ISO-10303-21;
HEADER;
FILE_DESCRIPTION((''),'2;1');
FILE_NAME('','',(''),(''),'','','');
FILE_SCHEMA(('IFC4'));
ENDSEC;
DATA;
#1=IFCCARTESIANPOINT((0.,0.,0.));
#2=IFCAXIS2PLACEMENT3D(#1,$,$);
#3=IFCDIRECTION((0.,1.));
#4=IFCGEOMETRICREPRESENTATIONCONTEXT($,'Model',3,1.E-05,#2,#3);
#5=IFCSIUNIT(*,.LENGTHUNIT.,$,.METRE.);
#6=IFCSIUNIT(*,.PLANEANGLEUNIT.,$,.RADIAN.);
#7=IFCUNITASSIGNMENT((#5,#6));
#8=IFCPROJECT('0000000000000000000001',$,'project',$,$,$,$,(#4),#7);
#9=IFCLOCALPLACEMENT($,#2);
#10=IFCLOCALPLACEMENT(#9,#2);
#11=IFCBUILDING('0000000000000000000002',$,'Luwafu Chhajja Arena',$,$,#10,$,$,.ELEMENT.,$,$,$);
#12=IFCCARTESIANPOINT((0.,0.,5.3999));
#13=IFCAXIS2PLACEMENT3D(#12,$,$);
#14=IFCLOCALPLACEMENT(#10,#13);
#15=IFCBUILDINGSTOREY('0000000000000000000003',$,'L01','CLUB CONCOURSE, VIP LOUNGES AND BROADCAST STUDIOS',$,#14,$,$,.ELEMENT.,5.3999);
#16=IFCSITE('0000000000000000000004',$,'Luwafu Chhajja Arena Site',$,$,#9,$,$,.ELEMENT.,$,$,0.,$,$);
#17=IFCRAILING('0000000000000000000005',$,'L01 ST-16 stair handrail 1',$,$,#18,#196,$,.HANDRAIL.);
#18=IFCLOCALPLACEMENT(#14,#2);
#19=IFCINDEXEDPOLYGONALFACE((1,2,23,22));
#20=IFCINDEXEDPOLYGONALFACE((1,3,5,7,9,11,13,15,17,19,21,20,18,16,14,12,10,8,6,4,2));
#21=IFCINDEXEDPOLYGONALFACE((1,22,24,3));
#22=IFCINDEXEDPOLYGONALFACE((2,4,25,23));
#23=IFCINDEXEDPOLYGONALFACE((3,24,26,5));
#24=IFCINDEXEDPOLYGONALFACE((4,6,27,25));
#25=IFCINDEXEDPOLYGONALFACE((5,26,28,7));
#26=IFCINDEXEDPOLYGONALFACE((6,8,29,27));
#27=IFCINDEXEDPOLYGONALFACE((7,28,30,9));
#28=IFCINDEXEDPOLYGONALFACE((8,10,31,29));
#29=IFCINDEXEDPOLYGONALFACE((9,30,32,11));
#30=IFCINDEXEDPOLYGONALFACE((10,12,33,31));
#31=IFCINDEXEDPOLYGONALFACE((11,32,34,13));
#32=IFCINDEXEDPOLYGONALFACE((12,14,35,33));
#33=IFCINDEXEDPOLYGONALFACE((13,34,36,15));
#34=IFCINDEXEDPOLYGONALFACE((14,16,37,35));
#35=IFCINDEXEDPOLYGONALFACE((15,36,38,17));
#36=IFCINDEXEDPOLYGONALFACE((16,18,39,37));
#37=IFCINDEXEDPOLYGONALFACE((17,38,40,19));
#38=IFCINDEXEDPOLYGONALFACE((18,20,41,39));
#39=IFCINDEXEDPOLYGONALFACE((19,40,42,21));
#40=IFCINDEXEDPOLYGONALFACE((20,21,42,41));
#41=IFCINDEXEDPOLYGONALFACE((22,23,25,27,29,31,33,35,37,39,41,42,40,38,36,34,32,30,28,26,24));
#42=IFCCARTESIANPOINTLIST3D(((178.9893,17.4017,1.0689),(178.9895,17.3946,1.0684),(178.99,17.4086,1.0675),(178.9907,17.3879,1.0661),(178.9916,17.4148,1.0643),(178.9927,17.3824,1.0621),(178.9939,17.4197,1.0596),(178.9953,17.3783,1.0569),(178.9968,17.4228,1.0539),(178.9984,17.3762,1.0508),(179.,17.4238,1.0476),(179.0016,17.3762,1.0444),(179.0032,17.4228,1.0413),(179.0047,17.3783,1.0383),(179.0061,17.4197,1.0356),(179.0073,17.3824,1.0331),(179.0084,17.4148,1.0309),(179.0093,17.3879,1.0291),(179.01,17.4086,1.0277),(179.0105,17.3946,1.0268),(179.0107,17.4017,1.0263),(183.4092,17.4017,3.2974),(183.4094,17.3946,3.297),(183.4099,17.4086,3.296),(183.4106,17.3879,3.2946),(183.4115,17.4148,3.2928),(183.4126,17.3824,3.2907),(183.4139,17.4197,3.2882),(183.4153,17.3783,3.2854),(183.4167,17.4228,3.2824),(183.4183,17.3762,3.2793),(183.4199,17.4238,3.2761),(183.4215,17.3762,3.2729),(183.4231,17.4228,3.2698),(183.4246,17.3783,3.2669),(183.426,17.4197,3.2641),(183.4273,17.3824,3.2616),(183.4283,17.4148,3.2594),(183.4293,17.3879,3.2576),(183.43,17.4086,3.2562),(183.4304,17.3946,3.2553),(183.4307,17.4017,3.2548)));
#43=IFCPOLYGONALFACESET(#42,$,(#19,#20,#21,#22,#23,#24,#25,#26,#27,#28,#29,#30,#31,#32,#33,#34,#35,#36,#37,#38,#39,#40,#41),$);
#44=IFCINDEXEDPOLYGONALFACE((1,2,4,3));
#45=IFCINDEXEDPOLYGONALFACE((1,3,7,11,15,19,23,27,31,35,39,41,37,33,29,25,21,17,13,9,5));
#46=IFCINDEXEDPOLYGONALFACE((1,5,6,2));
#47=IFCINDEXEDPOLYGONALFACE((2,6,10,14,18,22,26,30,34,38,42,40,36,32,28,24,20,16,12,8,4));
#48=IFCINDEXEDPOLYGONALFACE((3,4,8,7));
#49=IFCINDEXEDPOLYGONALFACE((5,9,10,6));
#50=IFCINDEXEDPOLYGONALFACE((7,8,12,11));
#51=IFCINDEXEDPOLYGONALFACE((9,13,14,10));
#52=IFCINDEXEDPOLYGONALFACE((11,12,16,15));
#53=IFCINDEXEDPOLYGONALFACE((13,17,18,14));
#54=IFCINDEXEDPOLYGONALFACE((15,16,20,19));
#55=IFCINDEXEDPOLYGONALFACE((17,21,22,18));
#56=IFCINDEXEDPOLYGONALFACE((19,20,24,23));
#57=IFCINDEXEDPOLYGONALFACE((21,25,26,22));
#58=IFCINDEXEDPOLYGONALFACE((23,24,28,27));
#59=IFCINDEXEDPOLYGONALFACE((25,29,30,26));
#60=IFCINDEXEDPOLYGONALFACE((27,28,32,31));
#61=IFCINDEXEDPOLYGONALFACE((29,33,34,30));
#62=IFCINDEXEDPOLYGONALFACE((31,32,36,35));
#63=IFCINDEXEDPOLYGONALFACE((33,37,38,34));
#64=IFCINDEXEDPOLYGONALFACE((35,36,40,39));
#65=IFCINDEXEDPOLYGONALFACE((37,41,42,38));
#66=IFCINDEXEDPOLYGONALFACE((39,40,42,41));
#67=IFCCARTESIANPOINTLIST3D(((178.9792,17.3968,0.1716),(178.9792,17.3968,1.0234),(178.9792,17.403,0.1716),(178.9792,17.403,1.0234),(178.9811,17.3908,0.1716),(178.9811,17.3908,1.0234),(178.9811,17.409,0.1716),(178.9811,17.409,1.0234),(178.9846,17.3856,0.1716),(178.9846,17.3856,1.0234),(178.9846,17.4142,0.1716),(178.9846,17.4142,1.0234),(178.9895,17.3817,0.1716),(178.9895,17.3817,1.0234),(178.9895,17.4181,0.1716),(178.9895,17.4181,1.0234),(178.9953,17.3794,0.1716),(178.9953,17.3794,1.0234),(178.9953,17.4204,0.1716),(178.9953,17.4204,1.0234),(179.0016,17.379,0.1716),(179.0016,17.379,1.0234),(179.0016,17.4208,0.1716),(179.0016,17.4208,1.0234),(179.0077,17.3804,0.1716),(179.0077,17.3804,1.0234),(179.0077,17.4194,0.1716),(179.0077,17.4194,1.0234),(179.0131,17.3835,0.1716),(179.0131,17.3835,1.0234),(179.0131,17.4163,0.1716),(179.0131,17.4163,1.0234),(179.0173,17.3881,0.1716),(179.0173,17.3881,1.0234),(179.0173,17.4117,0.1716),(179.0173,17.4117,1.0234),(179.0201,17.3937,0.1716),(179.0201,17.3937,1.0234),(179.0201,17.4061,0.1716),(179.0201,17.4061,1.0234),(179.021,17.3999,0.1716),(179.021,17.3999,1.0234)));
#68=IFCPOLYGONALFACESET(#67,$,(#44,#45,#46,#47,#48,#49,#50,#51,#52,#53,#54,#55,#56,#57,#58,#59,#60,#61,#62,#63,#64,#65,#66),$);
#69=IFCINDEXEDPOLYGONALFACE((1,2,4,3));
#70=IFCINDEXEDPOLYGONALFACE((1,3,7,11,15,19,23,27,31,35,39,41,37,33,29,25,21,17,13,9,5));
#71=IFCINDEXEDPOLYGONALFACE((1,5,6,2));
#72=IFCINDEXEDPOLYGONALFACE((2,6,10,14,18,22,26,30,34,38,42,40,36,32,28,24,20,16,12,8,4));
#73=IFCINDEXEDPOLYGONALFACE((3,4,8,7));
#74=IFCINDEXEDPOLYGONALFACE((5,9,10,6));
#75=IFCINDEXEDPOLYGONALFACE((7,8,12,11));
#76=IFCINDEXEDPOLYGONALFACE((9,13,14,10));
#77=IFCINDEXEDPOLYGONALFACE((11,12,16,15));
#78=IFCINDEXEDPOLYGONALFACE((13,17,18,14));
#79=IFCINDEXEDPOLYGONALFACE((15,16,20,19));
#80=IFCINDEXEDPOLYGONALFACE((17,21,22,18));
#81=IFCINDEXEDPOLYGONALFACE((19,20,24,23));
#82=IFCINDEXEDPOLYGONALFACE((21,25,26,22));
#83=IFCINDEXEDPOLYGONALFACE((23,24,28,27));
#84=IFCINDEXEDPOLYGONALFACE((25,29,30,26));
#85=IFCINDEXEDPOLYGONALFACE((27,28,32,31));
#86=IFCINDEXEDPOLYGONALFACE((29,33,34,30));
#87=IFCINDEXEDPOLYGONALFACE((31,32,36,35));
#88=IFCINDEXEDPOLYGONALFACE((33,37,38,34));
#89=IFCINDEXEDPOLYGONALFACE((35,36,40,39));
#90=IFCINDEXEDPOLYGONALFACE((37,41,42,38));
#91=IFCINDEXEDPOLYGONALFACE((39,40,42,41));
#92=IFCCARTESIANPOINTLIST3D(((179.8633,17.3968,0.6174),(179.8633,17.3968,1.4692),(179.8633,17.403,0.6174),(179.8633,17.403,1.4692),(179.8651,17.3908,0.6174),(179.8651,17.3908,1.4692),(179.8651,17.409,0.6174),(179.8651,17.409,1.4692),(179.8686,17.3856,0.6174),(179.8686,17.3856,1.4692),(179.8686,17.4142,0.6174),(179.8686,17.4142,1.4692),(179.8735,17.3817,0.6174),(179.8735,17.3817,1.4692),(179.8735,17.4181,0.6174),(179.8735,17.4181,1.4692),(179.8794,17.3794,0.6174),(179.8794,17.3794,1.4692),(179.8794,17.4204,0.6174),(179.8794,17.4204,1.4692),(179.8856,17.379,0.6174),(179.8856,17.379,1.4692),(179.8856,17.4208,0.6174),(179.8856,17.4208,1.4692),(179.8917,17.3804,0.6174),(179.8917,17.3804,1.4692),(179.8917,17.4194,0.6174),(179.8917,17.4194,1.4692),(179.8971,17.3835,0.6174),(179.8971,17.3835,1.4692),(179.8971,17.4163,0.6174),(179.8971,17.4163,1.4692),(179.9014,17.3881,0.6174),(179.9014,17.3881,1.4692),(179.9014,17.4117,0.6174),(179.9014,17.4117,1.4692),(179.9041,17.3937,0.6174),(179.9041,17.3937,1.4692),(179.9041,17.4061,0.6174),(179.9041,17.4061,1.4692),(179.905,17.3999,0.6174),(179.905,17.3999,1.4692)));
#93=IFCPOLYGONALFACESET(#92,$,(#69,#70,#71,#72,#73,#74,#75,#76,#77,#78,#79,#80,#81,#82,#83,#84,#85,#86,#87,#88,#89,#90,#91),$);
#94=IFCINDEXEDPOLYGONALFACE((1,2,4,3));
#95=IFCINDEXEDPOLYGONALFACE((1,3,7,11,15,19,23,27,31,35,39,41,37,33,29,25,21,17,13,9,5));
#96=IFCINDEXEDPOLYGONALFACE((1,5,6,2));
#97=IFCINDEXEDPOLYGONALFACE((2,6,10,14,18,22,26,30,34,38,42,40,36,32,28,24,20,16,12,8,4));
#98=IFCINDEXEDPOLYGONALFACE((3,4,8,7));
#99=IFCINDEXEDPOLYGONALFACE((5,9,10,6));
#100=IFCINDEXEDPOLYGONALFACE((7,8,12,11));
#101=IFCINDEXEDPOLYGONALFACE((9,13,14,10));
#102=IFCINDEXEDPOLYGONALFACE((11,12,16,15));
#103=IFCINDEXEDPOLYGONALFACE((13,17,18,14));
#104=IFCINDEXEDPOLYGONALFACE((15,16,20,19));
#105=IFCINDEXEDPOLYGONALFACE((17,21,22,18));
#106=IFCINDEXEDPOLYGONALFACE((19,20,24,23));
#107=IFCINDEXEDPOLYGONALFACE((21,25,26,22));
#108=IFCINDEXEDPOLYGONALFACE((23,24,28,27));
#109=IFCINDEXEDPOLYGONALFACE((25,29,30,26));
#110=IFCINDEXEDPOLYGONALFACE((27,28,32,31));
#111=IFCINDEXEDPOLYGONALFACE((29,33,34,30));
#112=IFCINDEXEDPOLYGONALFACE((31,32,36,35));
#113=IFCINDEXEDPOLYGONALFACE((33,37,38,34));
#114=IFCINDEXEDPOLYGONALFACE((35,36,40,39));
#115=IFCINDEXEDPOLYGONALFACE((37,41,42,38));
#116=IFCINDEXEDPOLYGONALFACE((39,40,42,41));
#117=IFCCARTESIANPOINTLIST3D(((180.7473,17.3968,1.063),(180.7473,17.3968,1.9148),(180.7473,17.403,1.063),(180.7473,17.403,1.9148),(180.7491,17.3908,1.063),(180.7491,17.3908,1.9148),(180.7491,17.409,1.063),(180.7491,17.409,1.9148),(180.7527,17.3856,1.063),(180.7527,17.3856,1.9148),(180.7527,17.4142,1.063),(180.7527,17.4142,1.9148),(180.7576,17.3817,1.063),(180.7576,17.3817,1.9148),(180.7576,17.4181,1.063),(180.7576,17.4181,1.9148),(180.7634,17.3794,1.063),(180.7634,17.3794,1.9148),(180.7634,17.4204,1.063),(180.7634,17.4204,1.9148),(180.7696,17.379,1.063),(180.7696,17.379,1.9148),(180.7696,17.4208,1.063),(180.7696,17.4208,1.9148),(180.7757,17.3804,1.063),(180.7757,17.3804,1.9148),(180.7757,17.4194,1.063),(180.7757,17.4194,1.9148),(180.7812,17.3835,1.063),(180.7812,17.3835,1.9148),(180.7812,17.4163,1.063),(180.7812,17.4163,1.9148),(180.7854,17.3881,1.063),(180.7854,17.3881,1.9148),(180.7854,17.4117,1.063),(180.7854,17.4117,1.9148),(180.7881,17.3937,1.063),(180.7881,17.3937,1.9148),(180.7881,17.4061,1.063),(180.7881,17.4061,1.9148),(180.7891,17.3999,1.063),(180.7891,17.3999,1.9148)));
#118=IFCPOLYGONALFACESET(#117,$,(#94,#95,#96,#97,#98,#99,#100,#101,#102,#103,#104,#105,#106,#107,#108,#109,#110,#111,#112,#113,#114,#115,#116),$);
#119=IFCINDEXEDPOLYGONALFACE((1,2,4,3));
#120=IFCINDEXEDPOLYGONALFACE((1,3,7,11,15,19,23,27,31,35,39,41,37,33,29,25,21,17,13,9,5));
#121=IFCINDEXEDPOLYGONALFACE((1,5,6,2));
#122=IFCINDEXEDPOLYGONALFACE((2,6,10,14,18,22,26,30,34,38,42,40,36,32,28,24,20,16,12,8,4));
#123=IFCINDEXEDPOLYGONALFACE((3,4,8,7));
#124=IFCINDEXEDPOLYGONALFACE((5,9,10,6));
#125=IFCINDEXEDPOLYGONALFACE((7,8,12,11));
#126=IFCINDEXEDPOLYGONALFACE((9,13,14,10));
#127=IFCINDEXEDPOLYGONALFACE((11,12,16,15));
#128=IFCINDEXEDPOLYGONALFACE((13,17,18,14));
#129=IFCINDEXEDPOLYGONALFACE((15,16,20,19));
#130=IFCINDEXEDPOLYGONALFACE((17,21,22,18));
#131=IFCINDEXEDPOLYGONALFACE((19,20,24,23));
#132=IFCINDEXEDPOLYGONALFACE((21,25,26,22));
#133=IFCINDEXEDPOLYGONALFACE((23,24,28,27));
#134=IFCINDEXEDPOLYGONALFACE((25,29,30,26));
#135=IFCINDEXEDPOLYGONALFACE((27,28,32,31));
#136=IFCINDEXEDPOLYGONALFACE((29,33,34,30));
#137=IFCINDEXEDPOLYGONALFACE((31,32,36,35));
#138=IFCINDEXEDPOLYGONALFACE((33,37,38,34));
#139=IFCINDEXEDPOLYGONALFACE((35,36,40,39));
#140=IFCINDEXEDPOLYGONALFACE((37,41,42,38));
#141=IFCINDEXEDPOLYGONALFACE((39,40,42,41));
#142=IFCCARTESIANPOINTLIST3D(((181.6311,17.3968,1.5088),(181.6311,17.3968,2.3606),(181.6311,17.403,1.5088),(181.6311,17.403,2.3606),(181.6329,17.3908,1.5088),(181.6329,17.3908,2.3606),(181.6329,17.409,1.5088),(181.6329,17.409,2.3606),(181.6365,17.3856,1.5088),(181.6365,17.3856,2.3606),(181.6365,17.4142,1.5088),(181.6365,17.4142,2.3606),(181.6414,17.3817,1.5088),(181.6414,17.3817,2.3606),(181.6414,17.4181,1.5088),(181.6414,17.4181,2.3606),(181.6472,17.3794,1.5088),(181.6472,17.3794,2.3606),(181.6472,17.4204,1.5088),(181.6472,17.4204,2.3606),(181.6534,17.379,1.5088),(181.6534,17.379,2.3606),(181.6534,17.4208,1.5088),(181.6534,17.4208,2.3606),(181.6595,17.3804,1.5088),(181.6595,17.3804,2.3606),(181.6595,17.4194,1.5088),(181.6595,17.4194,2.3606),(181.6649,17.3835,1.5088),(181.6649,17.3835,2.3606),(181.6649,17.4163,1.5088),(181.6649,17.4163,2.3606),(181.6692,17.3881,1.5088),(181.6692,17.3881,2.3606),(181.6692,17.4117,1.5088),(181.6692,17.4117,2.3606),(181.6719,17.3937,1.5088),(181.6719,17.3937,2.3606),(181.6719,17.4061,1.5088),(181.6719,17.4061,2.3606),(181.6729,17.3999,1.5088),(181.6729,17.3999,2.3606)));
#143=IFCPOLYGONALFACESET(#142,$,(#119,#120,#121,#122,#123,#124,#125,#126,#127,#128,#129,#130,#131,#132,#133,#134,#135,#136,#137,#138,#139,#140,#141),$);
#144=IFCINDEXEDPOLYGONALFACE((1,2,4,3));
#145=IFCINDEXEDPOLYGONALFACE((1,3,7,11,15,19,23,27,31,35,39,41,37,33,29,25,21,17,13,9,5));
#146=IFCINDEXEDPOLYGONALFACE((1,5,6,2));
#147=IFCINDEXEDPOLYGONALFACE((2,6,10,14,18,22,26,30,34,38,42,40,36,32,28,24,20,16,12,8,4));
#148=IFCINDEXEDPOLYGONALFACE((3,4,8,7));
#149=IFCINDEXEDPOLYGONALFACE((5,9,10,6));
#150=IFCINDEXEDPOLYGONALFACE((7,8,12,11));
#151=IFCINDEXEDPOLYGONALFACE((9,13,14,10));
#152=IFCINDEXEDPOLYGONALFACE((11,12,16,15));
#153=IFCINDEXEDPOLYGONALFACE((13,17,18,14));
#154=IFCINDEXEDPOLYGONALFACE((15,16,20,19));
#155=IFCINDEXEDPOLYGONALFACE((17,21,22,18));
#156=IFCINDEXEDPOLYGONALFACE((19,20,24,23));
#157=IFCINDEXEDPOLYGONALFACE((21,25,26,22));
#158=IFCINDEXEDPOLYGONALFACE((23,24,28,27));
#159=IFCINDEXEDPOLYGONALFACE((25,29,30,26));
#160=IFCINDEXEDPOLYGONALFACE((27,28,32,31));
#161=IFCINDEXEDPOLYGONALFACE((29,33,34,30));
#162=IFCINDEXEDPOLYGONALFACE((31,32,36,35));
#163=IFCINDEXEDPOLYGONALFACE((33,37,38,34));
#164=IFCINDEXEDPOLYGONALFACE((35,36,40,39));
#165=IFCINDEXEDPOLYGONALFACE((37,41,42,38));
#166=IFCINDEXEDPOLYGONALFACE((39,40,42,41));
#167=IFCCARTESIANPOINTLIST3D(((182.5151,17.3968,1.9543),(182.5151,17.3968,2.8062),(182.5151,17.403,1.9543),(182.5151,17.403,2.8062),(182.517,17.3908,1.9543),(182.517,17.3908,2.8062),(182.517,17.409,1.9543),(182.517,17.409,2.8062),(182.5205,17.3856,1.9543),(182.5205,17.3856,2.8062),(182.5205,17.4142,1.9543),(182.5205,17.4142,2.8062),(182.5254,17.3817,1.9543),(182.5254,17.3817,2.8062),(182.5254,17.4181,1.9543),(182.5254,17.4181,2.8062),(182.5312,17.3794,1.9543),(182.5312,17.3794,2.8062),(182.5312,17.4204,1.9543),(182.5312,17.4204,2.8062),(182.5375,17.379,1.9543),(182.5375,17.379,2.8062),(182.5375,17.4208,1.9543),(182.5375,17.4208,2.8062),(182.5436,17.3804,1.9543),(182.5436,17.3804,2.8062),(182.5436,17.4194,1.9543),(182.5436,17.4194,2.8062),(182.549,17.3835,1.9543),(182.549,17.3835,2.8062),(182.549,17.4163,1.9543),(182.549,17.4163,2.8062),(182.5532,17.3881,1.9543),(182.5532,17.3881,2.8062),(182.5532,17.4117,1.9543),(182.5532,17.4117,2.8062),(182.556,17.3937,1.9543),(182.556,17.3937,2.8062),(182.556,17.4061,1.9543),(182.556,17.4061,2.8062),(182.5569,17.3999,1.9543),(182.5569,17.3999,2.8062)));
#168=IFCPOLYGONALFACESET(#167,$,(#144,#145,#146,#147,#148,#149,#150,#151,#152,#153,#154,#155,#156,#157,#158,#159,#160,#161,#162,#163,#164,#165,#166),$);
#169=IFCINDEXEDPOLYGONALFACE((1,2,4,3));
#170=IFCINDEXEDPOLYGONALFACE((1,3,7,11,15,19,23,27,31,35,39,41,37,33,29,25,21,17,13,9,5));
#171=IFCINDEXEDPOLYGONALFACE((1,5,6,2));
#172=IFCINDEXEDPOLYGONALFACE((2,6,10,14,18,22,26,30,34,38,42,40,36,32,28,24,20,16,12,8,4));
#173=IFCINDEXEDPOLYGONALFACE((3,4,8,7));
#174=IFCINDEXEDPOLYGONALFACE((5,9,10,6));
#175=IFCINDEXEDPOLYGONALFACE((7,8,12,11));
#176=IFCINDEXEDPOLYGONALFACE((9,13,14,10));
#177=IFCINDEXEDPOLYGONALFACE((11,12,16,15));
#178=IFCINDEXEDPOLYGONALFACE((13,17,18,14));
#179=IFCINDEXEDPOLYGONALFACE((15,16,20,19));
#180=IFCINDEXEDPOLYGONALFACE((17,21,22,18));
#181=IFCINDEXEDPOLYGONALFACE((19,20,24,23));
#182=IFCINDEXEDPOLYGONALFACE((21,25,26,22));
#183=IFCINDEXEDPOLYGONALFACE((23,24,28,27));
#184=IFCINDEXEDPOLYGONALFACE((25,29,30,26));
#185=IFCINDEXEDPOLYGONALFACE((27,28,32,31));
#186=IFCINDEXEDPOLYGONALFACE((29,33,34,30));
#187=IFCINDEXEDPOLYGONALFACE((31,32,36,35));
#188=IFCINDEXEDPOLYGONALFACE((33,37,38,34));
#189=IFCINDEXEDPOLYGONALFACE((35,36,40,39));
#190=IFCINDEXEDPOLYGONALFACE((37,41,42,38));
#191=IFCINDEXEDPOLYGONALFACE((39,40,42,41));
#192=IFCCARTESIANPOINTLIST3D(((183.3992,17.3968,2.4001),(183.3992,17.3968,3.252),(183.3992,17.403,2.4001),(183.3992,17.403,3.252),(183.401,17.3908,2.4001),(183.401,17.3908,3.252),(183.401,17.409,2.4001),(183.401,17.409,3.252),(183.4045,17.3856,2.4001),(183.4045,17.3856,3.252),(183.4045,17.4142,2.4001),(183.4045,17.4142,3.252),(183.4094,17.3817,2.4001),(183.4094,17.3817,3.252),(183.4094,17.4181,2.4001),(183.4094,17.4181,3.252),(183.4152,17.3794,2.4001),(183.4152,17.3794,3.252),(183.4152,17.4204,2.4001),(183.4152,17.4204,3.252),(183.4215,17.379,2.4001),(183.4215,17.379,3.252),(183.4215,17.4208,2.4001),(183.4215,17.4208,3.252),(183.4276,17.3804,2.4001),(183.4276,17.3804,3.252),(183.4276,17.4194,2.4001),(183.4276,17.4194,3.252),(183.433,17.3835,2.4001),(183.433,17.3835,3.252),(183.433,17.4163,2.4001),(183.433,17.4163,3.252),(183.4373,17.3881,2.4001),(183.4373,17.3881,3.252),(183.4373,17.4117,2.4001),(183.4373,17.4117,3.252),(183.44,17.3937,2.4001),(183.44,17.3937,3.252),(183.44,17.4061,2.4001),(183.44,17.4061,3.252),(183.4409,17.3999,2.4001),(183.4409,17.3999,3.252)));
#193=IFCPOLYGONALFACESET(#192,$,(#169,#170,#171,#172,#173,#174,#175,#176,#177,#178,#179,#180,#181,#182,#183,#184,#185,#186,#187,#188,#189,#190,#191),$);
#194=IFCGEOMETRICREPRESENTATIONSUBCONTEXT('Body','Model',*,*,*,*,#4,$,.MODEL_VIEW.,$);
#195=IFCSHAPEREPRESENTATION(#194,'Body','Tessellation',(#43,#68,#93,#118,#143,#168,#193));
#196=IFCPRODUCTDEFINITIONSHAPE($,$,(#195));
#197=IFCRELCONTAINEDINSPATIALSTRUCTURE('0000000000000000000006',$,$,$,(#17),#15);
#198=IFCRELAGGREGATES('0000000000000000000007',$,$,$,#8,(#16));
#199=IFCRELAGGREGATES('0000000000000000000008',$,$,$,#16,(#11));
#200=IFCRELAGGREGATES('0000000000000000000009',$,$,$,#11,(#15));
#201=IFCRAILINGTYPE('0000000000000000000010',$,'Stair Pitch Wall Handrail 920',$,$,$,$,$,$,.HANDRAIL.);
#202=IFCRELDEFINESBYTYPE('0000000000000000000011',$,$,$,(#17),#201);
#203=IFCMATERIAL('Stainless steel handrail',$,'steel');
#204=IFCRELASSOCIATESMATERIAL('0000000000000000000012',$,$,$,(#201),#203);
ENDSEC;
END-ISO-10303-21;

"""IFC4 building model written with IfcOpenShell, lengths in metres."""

from ifc_helpers import new_model, si_unit, direction, frame, origin, origin_2d, place, context, subcontext, project, spatial, circle, extrude, material, type_object, element, save


model = new_model("IFC4")

# Units and contexts
model_context = context("Model", 3, precision=1e-05, world=origin(), true_north=direction((0.0, 1.0)))
body_context = subcontext(model_context, "Body", "Model", "MODEL_VIEW")
ifc_project = project(units=[si_unit("LENGTHUNIT", "METRE"), si_unit("PLANEANGLEUNIT", "RADIAN")], contexts=[model_context])

# Site, building, storey
site_placement = place(None, origin())
site = spatial("IfcSite", under=ifc_project, at=site_placement, Name="Luwafu Chhajja Arena Site", CompositionType="ELEMENT", RefElevation=0.0)
building_placement = place(site_placement, origin())
building = spatial("IfcBuilding", under=site, at=building_placement, Name="Luwafu Chhajja Arena", CompositionType="ELEMENT")
storey_placement = place(building_placement, frame((0.0, 0.0, 5.3999)))
storey = spatial("IfcBuildingStorey", under=building, at=storey_placement, Name="L01", Description="CLUB CONCOURSE, VIP LOUNGES AND BROADCAST STUDIOS", CompositionType="ELEMENT", Elevation=5.3999)

# Railing
ifc_material_1 = material(Name="Stainless steel handrail", Category="steel")
railing_type_1 = type_object("IfcRailingType", Name="Stair Pitch Wall Handrail 920", PredefinedType="HANDRAIL", material=ifc_material_1)
railing_1_placement = place(storey_placement, frame((179.0, 17.3999, 0.1716)))
element("IfcRailing", 1, at=railing_1_placement, inside=storey, type_object=railing_type_1, Name="L01 ST-16 stair handrail 1", PredefinedType="HANDRAIL", context=body_context, shape_type="SweptSolid", body=[
    extrude(circle(Radius=0.0239, at=origin_2d()), frame((0.0, 0.0, 0.876), z_axis=(0.892923, 0.0, 0.45021), x_axis=(0.0, 1.0, 0.0)), (0.0, 0.0, 1.0), 4.95),
    extrude(circle(Radius=0.021, at=origin_2d()), origin(), (0.0, 0.0, 1.0), 0.8518),
    extrude(circle(Radius=0.021, at=origin_2d()), frame((0.884, 0.0, 0.4458)), (0.0, 0.0, 1.0), 0.8518),
    extrude(circle(Radius=0.021, at=origin_2d()), frame((1.7681, 0.0, 0.8914)), (0.0, 0.0, 1.0), 0.8518),
    extrude(circle(Radius=0.021, at=origin_2d()), frame((2.6519, 0.0, 1.3372)), (0.0, 0.0, 1.0), 0.8518),
    extrude(circle(Radius=0.021, at=origin_2d()), frame((3.5359, 0.0, 1.7827)), (0.0, 0.0, 1.0), 0.8518),
    extrude(circle(Radius=0.021, at=origin_2d()), frame((4.4199, 0.0, 2.2285)), (0.0, 0.0, 1.0), 0.8518),
])

save(model, "model.ifc")
